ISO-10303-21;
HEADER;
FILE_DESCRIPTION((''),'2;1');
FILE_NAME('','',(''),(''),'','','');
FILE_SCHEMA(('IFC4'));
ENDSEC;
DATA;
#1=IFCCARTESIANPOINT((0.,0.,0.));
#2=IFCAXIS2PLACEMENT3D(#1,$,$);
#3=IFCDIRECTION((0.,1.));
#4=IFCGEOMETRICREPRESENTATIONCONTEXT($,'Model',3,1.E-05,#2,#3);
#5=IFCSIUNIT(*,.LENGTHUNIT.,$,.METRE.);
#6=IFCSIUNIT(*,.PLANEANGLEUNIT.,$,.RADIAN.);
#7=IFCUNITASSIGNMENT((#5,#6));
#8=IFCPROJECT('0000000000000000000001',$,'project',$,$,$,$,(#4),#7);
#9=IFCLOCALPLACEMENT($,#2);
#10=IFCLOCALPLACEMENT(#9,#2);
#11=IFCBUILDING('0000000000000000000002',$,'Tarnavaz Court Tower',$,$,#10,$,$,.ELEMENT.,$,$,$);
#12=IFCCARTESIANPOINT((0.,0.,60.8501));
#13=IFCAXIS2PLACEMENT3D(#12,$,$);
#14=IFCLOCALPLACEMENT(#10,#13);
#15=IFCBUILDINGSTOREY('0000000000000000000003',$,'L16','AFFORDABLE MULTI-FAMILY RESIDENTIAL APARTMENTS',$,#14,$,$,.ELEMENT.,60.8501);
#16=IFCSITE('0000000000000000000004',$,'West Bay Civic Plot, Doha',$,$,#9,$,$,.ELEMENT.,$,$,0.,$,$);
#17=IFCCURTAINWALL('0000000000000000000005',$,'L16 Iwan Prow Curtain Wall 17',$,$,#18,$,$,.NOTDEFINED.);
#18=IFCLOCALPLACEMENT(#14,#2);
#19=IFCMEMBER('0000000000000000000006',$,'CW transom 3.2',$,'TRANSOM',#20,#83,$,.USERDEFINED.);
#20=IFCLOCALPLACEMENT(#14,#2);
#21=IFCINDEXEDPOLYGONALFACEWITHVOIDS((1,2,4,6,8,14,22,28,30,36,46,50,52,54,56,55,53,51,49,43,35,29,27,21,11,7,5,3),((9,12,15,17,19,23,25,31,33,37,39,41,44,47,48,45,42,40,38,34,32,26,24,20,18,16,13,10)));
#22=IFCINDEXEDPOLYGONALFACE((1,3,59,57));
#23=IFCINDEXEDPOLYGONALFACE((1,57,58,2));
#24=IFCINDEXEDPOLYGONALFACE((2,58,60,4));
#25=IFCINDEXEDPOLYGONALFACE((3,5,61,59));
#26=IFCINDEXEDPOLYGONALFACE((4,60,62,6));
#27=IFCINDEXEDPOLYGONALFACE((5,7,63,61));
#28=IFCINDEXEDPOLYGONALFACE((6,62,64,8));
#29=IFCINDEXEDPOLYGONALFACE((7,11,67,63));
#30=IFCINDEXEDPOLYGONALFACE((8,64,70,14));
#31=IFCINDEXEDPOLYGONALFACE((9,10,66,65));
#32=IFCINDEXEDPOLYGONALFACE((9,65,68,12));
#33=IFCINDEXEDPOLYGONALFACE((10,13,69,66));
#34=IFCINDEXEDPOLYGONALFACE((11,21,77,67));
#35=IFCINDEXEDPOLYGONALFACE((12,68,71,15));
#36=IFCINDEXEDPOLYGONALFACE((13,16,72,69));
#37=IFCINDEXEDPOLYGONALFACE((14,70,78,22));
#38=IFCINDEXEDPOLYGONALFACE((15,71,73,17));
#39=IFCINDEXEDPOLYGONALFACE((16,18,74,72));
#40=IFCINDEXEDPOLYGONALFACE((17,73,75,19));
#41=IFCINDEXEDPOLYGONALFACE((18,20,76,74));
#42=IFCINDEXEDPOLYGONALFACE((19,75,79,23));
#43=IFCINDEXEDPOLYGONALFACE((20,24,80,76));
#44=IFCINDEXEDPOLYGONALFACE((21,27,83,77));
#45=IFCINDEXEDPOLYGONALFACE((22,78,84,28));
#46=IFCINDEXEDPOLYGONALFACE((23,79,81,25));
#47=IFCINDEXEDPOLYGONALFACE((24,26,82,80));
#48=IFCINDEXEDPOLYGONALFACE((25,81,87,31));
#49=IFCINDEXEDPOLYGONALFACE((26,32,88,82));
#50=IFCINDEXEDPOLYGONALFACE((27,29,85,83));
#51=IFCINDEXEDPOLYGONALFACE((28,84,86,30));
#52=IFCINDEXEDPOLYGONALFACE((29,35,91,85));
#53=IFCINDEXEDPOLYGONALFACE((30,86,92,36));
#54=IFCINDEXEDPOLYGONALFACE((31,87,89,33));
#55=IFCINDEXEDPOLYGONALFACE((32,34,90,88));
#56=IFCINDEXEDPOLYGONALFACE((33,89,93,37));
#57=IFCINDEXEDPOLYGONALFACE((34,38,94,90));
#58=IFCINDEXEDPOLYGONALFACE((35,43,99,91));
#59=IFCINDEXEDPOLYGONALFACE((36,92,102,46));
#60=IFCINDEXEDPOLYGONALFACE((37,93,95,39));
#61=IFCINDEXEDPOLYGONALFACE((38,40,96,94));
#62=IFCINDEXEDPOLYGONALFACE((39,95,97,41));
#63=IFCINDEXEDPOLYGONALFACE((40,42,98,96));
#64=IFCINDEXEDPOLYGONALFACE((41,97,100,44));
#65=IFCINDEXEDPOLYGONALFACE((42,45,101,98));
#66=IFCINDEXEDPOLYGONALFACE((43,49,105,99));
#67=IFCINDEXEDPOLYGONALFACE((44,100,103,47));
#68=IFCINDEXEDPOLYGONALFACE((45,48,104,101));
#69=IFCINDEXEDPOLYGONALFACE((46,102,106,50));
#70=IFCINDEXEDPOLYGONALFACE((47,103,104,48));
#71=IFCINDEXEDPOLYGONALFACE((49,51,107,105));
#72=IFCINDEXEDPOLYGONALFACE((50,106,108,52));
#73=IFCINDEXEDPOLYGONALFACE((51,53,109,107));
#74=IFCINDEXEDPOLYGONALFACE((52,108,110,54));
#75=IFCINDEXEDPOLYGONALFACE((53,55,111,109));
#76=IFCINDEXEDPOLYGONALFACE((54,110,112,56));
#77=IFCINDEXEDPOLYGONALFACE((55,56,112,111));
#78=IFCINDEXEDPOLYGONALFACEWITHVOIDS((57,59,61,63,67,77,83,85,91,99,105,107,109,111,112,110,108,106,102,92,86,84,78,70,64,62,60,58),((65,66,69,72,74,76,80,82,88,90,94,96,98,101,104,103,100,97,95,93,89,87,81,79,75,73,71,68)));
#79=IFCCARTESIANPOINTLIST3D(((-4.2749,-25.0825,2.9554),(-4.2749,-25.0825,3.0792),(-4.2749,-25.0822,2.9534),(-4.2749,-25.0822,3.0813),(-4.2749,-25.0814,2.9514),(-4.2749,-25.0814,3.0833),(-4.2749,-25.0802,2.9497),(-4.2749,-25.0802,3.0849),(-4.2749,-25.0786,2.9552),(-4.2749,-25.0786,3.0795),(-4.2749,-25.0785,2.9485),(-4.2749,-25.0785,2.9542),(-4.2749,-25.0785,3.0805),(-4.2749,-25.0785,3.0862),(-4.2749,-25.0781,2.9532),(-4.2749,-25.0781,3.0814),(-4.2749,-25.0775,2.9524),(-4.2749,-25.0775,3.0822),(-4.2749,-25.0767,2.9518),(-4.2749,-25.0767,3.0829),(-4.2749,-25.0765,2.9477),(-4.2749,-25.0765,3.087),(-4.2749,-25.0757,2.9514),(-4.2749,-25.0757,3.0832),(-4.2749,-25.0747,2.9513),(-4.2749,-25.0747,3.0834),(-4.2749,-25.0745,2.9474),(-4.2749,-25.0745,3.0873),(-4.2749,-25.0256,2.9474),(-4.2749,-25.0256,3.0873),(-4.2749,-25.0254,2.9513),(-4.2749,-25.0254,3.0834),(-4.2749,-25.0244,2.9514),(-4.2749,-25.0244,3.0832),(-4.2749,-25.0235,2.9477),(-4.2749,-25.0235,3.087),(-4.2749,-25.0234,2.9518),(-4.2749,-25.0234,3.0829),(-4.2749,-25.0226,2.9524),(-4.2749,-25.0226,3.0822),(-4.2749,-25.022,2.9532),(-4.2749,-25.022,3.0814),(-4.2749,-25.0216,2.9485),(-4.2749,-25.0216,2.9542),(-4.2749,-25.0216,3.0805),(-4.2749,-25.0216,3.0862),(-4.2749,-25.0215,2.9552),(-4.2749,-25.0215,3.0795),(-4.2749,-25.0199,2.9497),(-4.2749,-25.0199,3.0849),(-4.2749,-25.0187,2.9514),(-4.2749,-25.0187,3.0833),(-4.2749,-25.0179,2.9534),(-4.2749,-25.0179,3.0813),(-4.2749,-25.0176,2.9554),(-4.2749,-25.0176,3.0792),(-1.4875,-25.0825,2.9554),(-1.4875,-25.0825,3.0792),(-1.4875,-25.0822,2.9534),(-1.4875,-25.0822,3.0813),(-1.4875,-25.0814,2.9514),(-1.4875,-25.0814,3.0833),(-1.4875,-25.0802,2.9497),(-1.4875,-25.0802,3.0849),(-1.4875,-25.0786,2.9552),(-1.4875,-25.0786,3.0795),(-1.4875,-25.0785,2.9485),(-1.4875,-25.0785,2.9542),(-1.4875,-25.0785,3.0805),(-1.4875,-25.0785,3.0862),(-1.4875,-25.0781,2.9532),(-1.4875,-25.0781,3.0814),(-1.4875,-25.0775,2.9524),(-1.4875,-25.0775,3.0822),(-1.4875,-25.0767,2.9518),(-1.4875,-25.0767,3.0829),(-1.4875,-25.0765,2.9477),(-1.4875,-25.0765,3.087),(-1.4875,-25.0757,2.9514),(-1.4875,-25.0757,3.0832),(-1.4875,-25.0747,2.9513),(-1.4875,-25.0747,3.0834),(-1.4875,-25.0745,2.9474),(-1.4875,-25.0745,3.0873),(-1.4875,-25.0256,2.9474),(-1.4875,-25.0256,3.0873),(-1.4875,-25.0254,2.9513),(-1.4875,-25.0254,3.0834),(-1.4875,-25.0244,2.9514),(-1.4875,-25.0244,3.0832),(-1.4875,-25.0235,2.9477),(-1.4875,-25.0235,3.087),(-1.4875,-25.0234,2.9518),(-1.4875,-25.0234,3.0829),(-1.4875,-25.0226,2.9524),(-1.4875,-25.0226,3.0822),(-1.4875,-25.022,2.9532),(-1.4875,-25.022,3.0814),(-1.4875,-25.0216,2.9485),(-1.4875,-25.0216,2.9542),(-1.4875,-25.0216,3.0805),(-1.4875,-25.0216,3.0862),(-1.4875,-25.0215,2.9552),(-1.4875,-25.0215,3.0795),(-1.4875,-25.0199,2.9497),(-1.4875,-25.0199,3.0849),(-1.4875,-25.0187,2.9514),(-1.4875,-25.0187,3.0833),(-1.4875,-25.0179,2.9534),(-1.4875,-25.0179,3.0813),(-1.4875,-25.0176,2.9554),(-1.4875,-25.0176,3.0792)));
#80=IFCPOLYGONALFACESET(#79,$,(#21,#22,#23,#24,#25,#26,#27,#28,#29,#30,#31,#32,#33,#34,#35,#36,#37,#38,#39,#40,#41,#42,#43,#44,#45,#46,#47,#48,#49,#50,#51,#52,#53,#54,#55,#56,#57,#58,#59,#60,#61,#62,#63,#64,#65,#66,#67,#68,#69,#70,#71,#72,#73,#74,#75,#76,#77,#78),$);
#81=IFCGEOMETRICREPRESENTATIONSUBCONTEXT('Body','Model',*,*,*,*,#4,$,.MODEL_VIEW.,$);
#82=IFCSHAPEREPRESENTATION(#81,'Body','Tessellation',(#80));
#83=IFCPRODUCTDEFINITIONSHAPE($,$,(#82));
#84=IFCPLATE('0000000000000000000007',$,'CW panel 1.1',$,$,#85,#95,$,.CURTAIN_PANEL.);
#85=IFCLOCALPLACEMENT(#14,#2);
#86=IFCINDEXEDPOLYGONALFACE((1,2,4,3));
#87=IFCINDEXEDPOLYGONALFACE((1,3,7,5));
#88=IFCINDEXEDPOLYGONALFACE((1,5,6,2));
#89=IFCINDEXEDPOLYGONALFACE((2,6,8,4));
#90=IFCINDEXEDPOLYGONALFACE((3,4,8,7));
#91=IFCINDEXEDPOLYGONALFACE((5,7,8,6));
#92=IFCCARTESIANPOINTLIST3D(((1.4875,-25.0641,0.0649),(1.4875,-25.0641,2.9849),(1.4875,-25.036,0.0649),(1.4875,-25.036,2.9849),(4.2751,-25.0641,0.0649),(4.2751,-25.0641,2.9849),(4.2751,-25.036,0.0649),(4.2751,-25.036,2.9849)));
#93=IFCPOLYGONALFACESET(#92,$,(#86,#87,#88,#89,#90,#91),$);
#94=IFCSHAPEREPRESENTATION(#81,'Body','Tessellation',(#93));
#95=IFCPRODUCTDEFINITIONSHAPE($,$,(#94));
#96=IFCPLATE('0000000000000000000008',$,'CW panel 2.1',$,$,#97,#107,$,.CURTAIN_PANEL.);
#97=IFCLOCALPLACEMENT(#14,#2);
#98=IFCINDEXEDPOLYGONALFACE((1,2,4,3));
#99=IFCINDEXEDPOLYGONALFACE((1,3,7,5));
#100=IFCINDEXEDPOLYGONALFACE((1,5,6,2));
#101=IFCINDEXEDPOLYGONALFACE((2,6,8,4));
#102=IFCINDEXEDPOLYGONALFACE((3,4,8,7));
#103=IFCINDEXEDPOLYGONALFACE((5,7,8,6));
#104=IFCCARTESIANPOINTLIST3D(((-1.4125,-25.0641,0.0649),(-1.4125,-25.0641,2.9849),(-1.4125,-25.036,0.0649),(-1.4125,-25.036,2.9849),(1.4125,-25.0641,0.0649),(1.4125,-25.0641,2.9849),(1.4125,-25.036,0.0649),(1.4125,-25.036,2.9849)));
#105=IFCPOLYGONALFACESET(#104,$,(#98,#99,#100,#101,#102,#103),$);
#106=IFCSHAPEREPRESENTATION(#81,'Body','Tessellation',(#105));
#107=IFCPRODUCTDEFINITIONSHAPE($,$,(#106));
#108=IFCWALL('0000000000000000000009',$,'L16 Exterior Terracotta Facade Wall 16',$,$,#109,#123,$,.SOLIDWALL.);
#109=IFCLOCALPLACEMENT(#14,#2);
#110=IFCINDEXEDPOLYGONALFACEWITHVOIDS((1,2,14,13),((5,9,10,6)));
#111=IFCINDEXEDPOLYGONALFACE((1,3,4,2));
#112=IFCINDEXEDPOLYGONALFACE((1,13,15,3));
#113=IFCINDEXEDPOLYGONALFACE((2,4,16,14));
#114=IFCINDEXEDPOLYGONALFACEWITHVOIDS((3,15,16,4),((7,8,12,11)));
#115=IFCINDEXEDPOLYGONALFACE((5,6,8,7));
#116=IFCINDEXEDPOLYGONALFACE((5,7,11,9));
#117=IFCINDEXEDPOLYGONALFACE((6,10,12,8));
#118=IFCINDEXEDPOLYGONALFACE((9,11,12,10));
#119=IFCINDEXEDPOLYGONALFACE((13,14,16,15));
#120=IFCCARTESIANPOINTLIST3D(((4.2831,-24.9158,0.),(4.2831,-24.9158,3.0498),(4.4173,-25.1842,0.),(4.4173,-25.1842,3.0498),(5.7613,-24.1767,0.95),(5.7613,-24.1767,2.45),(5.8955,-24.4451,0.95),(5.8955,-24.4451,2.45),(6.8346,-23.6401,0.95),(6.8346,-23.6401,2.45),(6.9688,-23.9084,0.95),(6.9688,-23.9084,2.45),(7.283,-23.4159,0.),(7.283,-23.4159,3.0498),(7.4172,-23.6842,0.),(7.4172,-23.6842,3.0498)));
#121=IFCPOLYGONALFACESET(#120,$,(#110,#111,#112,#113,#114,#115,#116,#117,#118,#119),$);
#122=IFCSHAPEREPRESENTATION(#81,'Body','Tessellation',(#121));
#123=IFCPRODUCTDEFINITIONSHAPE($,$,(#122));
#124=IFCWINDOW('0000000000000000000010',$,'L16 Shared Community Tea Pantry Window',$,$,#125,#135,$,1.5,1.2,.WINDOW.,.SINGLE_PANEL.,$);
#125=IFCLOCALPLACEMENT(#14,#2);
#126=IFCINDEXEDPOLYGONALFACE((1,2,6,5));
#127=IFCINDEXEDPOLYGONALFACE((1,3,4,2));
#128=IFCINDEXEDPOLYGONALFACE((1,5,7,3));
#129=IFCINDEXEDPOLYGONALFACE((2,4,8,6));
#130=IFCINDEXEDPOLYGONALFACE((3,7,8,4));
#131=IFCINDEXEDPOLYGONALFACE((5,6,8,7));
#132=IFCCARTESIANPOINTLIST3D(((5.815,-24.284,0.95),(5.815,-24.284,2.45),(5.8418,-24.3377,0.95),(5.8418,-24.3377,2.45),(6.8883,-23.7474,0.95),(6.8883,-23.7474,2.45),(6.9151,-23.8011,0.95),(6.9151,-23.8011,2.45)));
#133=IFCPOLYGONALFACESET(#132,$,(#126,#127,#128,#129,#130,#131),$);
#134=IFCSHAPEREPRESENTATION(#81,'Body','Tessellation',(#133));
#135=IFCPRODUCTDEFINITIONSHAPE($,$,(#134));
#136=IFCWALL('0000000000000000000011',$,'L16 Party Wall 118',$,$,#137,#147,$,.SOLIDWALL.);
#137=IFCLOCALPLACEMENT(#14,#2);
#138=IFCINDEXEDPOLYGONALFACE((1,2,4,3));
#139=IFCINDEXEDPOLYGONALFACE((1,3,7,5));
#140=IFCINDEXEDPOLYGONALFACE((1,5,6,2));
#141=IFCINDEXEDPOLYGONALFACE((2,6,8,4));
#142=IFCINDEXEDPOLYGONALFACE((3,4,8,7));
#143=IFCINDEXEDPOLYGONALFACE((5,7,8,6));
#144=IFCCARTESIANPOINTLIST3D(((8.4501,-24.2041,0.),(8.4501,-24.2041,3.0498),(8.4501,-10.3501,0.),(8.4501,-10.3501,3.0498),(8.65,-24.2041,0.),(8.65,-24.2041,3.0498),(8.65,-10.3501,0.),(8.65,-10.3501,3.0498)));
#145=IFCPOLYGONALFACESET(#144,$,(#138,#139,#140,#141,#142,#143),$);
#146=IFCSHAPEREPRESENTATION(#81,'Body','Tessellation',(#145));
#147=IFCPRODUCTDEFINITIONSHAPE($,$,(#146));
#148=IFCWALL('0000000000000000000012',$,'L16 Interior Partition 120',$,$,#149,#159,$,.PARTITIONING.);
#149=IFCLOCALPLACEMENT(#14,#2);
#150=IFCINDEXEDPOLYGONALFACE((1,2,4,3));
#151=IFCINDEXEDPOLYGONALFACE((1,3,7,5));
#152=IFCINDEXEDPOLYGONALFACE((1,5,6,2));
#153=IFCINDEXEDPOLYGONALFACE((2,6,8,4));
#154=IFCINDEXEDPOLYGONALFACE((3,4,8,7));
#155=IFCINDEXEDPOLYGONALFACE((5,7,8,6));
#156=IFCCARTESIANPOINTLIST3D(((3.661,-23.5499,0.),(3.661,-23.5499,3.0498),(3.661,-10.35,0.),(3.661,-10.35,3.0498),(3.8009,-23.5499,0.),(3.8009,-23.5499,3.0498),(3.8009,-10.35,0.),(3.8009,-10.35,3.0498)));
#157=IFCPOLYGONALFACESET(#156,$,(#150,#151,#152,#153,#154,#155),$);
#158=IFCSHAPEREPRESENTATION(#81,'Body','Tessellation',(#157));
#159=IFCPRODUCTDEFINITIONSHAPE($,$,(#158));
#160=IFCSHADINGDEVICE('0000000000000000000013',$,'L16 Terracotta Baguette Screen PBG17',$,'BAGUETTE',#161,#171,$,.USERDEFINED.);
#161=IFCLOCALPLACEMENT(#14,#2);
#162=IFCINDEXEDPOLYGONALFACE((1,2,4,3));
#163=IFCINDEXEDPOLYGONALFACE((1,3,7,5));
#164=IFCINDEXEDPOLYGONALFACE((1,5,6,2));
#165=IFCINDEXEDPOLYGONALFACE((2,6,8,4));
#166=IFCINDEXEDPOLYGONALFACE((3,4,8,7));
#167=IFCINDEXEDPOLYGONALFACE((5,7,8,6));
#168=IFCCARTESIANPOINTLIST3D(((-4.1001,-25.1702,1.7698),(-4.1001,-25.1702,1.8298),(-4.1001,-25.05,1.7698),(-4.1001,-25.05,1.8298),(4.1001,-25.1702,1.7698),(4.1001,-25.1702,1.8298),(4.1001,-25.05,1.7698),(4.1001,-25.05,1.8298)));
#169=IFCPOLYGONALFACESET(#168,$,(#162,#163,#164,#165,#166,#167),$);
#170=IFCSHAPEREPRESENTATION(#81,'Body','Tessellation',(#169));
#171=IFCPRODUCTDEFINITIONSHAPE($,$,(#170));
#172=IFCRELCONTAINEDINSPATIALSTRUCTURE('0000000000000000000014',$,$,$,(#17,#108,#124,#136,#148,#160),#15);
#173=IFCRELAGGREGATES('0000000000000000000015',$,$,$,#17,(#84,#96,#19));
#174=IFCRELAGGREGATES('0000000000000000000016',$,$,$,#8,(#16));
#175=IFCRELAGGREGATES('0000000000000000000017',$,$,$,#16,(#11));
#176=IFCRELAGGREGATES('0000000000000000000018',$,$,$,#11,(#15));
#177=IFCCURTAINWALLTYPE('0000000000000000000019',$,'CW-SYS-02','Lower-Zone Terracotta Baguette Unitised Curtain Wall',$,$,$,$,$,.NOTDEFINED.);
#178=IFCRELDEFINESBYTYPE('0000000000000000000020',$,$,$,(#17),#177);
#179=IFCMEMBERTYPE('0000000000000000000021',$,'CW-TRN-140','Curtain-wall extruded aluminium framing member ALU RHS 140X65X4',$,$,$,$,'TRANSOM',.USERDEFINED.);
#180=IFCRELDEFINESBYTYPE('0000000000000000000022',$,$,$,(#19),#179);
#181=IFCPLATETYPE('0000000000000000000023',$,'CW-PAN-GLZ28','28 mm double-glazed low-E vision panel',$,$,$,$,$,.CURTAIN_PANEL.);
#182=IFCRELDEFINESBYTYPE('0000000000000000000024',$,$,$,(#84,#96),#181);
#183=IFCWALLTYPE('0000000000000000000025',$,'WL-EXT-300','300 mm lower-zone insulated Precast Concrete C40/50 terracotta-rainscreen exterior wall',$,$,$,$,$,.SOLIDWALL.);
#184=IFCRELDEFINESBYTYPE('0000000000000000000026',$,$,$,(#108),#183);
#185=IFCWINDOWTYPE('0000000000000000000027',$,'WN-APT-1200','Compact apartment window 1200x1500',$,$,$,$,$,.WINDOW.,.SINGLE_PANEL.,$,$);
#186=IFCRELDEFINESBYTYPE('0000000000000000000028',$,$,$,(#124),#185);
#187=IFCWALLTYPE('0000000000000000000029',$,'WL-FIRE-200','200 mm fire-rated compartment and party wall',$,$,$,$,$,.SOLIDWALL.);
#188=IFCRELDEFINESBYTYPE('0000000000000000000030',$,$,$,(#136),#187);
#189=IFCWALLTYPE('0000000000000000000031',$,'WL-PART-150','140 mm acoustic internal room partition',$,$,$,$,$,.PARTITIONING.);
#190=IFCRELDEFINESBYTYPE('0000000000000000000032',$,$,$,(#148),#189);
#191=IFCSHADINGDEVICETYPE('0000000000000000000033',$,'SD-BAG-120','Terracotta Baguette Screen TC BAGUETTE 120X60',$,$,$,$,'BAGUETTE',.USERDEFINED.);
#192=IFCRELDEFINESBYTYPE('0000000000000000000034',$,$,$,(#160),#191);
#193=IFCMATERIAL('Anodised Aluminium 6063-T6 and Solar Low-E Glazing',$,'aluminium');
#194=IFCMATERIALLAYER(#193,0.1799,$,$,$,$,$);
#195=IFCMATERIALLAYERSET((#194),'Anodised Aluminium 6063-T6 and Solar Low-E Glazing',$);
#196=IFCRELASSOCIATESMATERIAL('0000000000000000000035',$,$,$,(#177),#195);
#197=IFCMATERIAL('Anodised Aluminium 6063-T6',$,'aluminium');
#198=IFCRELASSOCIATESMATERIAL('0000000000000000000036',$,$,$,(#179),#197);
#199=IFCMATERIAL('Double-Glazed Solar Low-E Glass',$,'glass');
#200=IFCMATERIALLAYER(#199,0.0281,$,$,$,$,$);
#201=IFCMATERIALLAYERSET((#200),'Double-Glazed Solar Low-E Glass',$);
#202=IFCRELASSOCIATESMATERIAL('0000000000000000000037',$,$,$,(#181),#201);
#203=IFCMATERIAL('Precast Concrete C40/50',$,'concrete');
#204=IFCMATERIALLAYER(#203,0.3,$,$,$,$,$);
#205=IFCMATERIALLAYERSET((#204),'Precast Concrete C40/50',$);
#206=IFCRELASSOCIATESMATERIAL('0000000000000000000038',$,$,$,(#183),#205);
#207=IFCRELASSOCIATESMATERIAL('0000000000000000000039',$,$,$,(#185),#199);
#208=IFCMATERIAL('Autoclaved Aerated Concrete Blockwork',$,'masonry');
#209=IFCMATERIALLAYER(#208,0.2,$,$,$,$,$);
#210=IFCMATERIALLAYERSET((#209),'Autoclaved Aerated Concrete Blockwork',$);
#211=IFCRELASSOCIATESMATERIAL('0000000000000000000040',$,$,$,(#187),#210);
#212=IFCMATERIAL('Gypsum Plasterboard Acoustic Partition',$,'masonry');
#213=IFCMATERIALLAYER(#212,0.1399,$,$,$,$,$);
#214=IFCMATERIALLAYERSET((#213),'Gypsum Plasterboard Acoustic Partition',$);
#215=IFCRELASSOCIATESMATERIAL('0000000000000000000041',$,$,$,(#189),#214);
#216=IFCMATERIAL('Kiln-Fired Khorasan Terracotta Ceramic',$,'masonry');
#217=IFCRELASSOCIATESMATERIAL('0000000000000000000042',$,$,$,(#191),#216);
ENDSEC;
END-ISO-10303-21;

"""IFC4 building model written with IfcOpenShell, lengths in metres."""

from ifc_helpers import new_model, si_unit, direction, frame, frame_2d, origin, origin_2d, place, context, subcontext, project, spatial, rectangle, hollow_rectangle, extrude, material, layer, layer_set, material_profile, profile_set, type_object, element, fill, aggregate, save


model = new_model("IFC4")

# Units and contexts
model_context = context("Model", 3, precision=1e-05, world=origin(), true_north=direction((0.0, 1.0)))
body_context = subcontext(model_context, "Body", "Model", "MODEL_VIEW")
ifc_project = project(units=[si_unit("LENGTHUNIT", "METRE"), si_unit("PLANEANGLEUNIT", "RADIAN")], contexts=[model_context])

# Site, building, storey
site_placement = place(None, origin())
site = spatial("IfcSite", under=ifc_project, at=site_placement, Name="West Bay Civic Plot, Doha", CompositionType="ELEMENT", RefElevation=0.0)
building_placement = place(site_placement, origin())
building = spatial("IfcBuilding", under=site, at=building_placement, Name="Tarnavaz Court Tower", CompositionType="ELEMENT")
storey_placement = place(building_placement, frame((0.0, 0.0, 60.8501)))
storey = spatial("IfcBuildingStorey", under=building, at=storey_placement, Name="L16", Description="AFFORDABLE MULTI-FAMILY RESIDENTIAL APARTMENTS", CompositionType="ELEMENT", Elevation=60.8501)

# Curtain wall, member, plates
ifc_material_1 = material(Name="Anodised Aluminium 6063-T6 and Solar Low-E Glazing", Category="aluminium")
ifc_layer_1 = layer(ifc_material_1, 0.1799)
ifc_layer_set_1 = layer_set([ifc_layer_1], Name="Anodised Aluminium 6063-T6 and Solar Low-E Glazing")
curtain_wall_type = type_object("IfcCurtainWallType", Name="CW-SYS-02", Description="Lower-Zone Terracotta Baguette Unitised Curtain Wall", PredefinedType="NOTDEFINED", material=ifc_layer_set_1)
curtain_wall_placement = place(storey_placement, origin())
curtain_wall = element("IfcCurtainWall", 1, at=curtain_wall_placement, inside=storey, type_object=curtain_wall_type, Name="L16 Iwan Prow Curtain Wall 17", PredefinedType="NOTDEFINED")
ifc_material_2 = material(Name="Anodised Aluminium 6063-T6", Category="aluminium")
ifc_material_profile_1 = material_profile(ifc_material_2, hollow_rectangle(XDim=0.0649, YDim=0.1399, WallThickness=0.0039, InnerFilletRadius=0.0039, OuterFilletRadius=0.0081, at=origin_2d()), Name="ALU RHS 140X65X4")
ifc_profile_set_1 = profile_set([ifc_material_profile_1], Name="Anodised Aluminium 6063-T6")
member_type_1 = type_object("IfcMemberType", Name="CW-TRN-140", Description="Curtain-wall extruded aluminium framing member ALU RHS 140X65X4", ElementType="TRANSOM", PredefinedType="USERDEFINED", material=ifc_profile_set_1)
member_1_placement = place(storey_placement, frame((-1.4875, -25.05, 3.0173), z_axis=(-1.0, 0.0, 0.0), x_axis=(0.0, -1.0, 0.0)))
member_1 = element("IfcMember", 2, at=member_1_placement, type_object=member_type_1, Name="CW transom 3.2", ObjectType="TRANSOM", PredefinedType="USERDEFINED", context=body_context, shape_type="SweptSolid", body=[
    extrude(hollow_rectangle(XDim=0.0649, YDim=0.1399, WallThickness=0.0039, InnerFilletRadius=0.0039, OuterFilletRadius=0.0081, at=origin_2d()), origin(), (0.0, 0.0, 1.0), 2.7874),
])
ifc_material_3 = material(Name="Double-Glazed Solar Low-E Glass", Category="glass")
ifc_layer_2 = layer(ifc_material_3, 0.0281)
ifc_layer_set_2 = layer_set([ifc_layer_2], Name="Double-Glazed Solar Low-E Glass")
plate_type = type_object("IfcPlateType", Name="CW-PAN-GLZ28", Description="28 mm double-glazed low-E vision panel", PredefinedType="CURTAIN_PANEL", material=ifc_layer_set_2)
plate_1_placement = place(storey_placement, frame((2.8813, -25.05, 0.0649), z_axis=(0.0, 0.0, 1.0), x_axis=(-1.0, 0.0, 0.0)))
plate_1 = element("IfcPlate", 3, at=plate_1_placement, type_object=plate_type, Name="CW panel 1.1", PredefinedType="CURTAIN_PANEL", context=body_context, shape_type="SweptSolid", body=[
    extrude(rectangle(XDim=2.7876, YDim=0.0281, at=origin_2d()), origin(), (0.0, 0.0, 1.0), 2.9199),
])
plate_2_placement = place(storey_placement, frame((0.0, -25.05, 0.0649), z_axis=(0.0, 0.0, 1.0), x_axis=(-1.0, 0.0, 0.0)))
plate_2 = element("IfcPlate", 4, at=plate_2_placement, type_object=plate_type, Name="CW panel 2.1", PredefinedType="CURTAIN_PANEL", context=body_context, shape_type="SweptSolid", body=[
    extrude(rectangle(XDim=2.825, YDim=0.0281, at=origin_2d()), origin(), (0.0, 0.0, 1.0), 2.9199),
])
aggregate(curtain_wall, [plate_1, plate_2, member_1])

# Wall, opening, window
ifc_material_4 = material(Name="Precast Concrete C40/50", Category="concrete")
ifc_layer_3 = layer(ifc_material_4, 0.3)
ifc_layer_set_3 = layer_set([ifc_layer_3], Name="Precast Concrete C40/50")
wall_type_1 = type_object("IfcWallType", Name="WL-EXT-300", Description="300 mm lower-zone insulated Precast Concrete C40/50 terracotta-rainscreen exterior wall", PredefinedType="SOLIDWALL", material=ifc_layer_set_3)
wall_1_placement = place(storey_placement, frame((7.3501, -23.55, 0.0), z_axis=(0.0, 0.0, 1.0), x_axis=(-0.894427, -0.447214, 0.0)))
wall_1 = element("IfcWall", 5, at=wall_1_placement, inside=storey, type_object=wall_type_1, Name="L16 Exterior Terracotta Facade Wall 16", PredefinedType="SOLIDWALL", context=body_context, shape_type="SweptSolid", body=[
    extrude(rectangle(XDim=3.354, YDim=0.3, at=frame_2d((1.677, 0.0))), origin(), (0.0, 0.0, 1.0), 3.0498),
])
opening_placement = place(wall_1_placement, frame((0.5012, 0.0, 0.95)))
opening = element("IfcOpeningElement", 6, at=opening_placement, cuts=wall_1, PredefinedType="OPENING", context=body_context, shape_type="SweptSolid", body=[
    extrude(rectangle(XDim=1.2, YDim=1.5, at=frame_2d((0.6001, 0.75))), frame((0.0, 0.1599, 0.0), z_axis=(0.0, -1.0, 0.0), x_axis=(1.0, 0.0, 0.0)), (0.0, 0.0, 1.0), 0.3201),
])
window_type = type_object("IfcWindowType", Name="WN-APT-1200", Description="Compact apartment window 1200x1500", PartitioningType="SINGLE_PANEL", PredefinedType="WINDOW", material=ifc_material_3)
window_placement = place(opening_placement, origin())
window = element("IfcWindow", 7, at=window_placement, inside=storey, type_object=window_type, Name="L16 Shared Community Tea Pantry Window", OverallHeight=1.5, OverallWidth=1.2, PartitioningType="SINGLE_PANEL", PredefinedType="WINDOW", context=body_context, shape_type="SweptSolid", body=[
    extrude(rectangle(XDim=1.2, YDim=1.5, at=frame_2d((0.6001, 0.75))), frame((0.0, 0.03, 0.0), z_axis=(0.0, -1.0, 0.0), x_axis=(1.0, 0.0, 0.0)), (0.0, 0.0, 1.0), 0.0601),
])
fill(opening, window)

# Walls
ifc_material_5 = material(Name="Autoclaved Aerated Concrete Blockwork", Category="masonry")
ifc_layer_4 = layer(ifc_material_5, 0.2)
ifc_layer_set_4 = layer_set([ifc_layer_4], Name="Autoclaved Aerated Concrete Blockwork")
wall_type_2 = type_object("IfcWallType", Name="WL-FIRE-200", Description="200 mm fire-rated compartment and party wall", PredefinedType="SOLIDWALL", material=ifc_layer_set_4)
wall_2_placement = place(storey_placement, frame((8.55, -24.2041, 0.0), z_axis=(0.0, 0.0, 1.0), x_axis=(0.0, 1.0, 0.0)))
element("IfcWall", 8, at=wall_2_placement, inside=storey, type_object=wall_type_2, Name="L16 Party Wall 118", PredefinedType="SOLIDWALL", context=body_context, shape_type="SweptSolid", body=[
    extrude(rectangle(XDim=13.854, YDim=0.2, at=frame_2d((6.927, 0.0))), origin(), (0.0, 0.0, 1.0), 3.0498),
])
ifc_material_6 = material(Name="Gypsum Plasterboard Acoustic Partition", Category="masonry")
ifc_layer_5 = layer(ifc_material_6, 0.1399)
ifc_layer_set_5 = layer_set([ifc_layer_5], Name="Gypsum Plasterboard Acoustic Partition")
wall_type_3 = type_object("IfcWallType", Name="WL-PART-150", Description="140 mm acoustic internal room partition", PredefinedType="PARTITIONING", material=ifc_layer_set_5)
wall_3_placement = place(storey_placement, frame((3.731, -23.55, 0.0), z_axis=(0.0, 0.0, 1.0), x_axis=(0.0, 1.0, 0.0)))
element("IfcWall", 9, at=wall_3_placement, inside=storey, type_object=wall_type_3, Name="L16 Interior Partition 120", PredefinedType="PARTITIONING", context=body_context, shape_type="SweptSolid", body=[
    extrude(rectangle(XDim=13.2, YDim=0.1399, at=frame_2d((6.6001, 0.0))), origin(), (0.0, 0.0, 1.0), 3.0498),
])

# Shading device
ifc_material_7 = material(Name="Kiln-Fired Khorasan Terracotta Ceramic", Category="masonry")
ifc_material_profile_2 = material_profile(ifc_material_7, rectangle(XDim=0.1201, YDim=0.0601, at=origin_2d()), Name="TC BAGUETTE 120X60")
ifc_profile_set_2 = profile_set([ifc_material_profile_2], Name="Kiln-Fired Khorasan Terracotta Ceramic")
shading_device_type = type_object("IfcShadingDeviceType", Name="SD-BAG-120", Description="Terracotta Baguette Screen TC BAGUETTE 120X60", ElementType="BAGUETTE", PredefinedType="USERDEFINED", material=ifc_profile_set_2)
shading_device_placement = place(storey_placement, frame((4.1001, -25.1101, 1.7998), z_axis=(-1.0, 0.0, 0.0), x_axis=(0.0, -1.0, 0.0)))
element("IfcShadingDevice", 10, at=shading_device_placement, inside=storey, type_object=shading_device_type, Name="L16 Terracotta Baguette Screen PBG17", ObjectType="BAGUETTE", PredefinedType="USERDEFINED", context=body_context, shape_type="SweptSolid", body=[
    extrude(rectangle(XDim=0.1201, YDim=0.0601, at=origin_2d()), origin(), (0.0, 0.0, 1.0), 8.2002),
])

save(model, "model.ifc")
